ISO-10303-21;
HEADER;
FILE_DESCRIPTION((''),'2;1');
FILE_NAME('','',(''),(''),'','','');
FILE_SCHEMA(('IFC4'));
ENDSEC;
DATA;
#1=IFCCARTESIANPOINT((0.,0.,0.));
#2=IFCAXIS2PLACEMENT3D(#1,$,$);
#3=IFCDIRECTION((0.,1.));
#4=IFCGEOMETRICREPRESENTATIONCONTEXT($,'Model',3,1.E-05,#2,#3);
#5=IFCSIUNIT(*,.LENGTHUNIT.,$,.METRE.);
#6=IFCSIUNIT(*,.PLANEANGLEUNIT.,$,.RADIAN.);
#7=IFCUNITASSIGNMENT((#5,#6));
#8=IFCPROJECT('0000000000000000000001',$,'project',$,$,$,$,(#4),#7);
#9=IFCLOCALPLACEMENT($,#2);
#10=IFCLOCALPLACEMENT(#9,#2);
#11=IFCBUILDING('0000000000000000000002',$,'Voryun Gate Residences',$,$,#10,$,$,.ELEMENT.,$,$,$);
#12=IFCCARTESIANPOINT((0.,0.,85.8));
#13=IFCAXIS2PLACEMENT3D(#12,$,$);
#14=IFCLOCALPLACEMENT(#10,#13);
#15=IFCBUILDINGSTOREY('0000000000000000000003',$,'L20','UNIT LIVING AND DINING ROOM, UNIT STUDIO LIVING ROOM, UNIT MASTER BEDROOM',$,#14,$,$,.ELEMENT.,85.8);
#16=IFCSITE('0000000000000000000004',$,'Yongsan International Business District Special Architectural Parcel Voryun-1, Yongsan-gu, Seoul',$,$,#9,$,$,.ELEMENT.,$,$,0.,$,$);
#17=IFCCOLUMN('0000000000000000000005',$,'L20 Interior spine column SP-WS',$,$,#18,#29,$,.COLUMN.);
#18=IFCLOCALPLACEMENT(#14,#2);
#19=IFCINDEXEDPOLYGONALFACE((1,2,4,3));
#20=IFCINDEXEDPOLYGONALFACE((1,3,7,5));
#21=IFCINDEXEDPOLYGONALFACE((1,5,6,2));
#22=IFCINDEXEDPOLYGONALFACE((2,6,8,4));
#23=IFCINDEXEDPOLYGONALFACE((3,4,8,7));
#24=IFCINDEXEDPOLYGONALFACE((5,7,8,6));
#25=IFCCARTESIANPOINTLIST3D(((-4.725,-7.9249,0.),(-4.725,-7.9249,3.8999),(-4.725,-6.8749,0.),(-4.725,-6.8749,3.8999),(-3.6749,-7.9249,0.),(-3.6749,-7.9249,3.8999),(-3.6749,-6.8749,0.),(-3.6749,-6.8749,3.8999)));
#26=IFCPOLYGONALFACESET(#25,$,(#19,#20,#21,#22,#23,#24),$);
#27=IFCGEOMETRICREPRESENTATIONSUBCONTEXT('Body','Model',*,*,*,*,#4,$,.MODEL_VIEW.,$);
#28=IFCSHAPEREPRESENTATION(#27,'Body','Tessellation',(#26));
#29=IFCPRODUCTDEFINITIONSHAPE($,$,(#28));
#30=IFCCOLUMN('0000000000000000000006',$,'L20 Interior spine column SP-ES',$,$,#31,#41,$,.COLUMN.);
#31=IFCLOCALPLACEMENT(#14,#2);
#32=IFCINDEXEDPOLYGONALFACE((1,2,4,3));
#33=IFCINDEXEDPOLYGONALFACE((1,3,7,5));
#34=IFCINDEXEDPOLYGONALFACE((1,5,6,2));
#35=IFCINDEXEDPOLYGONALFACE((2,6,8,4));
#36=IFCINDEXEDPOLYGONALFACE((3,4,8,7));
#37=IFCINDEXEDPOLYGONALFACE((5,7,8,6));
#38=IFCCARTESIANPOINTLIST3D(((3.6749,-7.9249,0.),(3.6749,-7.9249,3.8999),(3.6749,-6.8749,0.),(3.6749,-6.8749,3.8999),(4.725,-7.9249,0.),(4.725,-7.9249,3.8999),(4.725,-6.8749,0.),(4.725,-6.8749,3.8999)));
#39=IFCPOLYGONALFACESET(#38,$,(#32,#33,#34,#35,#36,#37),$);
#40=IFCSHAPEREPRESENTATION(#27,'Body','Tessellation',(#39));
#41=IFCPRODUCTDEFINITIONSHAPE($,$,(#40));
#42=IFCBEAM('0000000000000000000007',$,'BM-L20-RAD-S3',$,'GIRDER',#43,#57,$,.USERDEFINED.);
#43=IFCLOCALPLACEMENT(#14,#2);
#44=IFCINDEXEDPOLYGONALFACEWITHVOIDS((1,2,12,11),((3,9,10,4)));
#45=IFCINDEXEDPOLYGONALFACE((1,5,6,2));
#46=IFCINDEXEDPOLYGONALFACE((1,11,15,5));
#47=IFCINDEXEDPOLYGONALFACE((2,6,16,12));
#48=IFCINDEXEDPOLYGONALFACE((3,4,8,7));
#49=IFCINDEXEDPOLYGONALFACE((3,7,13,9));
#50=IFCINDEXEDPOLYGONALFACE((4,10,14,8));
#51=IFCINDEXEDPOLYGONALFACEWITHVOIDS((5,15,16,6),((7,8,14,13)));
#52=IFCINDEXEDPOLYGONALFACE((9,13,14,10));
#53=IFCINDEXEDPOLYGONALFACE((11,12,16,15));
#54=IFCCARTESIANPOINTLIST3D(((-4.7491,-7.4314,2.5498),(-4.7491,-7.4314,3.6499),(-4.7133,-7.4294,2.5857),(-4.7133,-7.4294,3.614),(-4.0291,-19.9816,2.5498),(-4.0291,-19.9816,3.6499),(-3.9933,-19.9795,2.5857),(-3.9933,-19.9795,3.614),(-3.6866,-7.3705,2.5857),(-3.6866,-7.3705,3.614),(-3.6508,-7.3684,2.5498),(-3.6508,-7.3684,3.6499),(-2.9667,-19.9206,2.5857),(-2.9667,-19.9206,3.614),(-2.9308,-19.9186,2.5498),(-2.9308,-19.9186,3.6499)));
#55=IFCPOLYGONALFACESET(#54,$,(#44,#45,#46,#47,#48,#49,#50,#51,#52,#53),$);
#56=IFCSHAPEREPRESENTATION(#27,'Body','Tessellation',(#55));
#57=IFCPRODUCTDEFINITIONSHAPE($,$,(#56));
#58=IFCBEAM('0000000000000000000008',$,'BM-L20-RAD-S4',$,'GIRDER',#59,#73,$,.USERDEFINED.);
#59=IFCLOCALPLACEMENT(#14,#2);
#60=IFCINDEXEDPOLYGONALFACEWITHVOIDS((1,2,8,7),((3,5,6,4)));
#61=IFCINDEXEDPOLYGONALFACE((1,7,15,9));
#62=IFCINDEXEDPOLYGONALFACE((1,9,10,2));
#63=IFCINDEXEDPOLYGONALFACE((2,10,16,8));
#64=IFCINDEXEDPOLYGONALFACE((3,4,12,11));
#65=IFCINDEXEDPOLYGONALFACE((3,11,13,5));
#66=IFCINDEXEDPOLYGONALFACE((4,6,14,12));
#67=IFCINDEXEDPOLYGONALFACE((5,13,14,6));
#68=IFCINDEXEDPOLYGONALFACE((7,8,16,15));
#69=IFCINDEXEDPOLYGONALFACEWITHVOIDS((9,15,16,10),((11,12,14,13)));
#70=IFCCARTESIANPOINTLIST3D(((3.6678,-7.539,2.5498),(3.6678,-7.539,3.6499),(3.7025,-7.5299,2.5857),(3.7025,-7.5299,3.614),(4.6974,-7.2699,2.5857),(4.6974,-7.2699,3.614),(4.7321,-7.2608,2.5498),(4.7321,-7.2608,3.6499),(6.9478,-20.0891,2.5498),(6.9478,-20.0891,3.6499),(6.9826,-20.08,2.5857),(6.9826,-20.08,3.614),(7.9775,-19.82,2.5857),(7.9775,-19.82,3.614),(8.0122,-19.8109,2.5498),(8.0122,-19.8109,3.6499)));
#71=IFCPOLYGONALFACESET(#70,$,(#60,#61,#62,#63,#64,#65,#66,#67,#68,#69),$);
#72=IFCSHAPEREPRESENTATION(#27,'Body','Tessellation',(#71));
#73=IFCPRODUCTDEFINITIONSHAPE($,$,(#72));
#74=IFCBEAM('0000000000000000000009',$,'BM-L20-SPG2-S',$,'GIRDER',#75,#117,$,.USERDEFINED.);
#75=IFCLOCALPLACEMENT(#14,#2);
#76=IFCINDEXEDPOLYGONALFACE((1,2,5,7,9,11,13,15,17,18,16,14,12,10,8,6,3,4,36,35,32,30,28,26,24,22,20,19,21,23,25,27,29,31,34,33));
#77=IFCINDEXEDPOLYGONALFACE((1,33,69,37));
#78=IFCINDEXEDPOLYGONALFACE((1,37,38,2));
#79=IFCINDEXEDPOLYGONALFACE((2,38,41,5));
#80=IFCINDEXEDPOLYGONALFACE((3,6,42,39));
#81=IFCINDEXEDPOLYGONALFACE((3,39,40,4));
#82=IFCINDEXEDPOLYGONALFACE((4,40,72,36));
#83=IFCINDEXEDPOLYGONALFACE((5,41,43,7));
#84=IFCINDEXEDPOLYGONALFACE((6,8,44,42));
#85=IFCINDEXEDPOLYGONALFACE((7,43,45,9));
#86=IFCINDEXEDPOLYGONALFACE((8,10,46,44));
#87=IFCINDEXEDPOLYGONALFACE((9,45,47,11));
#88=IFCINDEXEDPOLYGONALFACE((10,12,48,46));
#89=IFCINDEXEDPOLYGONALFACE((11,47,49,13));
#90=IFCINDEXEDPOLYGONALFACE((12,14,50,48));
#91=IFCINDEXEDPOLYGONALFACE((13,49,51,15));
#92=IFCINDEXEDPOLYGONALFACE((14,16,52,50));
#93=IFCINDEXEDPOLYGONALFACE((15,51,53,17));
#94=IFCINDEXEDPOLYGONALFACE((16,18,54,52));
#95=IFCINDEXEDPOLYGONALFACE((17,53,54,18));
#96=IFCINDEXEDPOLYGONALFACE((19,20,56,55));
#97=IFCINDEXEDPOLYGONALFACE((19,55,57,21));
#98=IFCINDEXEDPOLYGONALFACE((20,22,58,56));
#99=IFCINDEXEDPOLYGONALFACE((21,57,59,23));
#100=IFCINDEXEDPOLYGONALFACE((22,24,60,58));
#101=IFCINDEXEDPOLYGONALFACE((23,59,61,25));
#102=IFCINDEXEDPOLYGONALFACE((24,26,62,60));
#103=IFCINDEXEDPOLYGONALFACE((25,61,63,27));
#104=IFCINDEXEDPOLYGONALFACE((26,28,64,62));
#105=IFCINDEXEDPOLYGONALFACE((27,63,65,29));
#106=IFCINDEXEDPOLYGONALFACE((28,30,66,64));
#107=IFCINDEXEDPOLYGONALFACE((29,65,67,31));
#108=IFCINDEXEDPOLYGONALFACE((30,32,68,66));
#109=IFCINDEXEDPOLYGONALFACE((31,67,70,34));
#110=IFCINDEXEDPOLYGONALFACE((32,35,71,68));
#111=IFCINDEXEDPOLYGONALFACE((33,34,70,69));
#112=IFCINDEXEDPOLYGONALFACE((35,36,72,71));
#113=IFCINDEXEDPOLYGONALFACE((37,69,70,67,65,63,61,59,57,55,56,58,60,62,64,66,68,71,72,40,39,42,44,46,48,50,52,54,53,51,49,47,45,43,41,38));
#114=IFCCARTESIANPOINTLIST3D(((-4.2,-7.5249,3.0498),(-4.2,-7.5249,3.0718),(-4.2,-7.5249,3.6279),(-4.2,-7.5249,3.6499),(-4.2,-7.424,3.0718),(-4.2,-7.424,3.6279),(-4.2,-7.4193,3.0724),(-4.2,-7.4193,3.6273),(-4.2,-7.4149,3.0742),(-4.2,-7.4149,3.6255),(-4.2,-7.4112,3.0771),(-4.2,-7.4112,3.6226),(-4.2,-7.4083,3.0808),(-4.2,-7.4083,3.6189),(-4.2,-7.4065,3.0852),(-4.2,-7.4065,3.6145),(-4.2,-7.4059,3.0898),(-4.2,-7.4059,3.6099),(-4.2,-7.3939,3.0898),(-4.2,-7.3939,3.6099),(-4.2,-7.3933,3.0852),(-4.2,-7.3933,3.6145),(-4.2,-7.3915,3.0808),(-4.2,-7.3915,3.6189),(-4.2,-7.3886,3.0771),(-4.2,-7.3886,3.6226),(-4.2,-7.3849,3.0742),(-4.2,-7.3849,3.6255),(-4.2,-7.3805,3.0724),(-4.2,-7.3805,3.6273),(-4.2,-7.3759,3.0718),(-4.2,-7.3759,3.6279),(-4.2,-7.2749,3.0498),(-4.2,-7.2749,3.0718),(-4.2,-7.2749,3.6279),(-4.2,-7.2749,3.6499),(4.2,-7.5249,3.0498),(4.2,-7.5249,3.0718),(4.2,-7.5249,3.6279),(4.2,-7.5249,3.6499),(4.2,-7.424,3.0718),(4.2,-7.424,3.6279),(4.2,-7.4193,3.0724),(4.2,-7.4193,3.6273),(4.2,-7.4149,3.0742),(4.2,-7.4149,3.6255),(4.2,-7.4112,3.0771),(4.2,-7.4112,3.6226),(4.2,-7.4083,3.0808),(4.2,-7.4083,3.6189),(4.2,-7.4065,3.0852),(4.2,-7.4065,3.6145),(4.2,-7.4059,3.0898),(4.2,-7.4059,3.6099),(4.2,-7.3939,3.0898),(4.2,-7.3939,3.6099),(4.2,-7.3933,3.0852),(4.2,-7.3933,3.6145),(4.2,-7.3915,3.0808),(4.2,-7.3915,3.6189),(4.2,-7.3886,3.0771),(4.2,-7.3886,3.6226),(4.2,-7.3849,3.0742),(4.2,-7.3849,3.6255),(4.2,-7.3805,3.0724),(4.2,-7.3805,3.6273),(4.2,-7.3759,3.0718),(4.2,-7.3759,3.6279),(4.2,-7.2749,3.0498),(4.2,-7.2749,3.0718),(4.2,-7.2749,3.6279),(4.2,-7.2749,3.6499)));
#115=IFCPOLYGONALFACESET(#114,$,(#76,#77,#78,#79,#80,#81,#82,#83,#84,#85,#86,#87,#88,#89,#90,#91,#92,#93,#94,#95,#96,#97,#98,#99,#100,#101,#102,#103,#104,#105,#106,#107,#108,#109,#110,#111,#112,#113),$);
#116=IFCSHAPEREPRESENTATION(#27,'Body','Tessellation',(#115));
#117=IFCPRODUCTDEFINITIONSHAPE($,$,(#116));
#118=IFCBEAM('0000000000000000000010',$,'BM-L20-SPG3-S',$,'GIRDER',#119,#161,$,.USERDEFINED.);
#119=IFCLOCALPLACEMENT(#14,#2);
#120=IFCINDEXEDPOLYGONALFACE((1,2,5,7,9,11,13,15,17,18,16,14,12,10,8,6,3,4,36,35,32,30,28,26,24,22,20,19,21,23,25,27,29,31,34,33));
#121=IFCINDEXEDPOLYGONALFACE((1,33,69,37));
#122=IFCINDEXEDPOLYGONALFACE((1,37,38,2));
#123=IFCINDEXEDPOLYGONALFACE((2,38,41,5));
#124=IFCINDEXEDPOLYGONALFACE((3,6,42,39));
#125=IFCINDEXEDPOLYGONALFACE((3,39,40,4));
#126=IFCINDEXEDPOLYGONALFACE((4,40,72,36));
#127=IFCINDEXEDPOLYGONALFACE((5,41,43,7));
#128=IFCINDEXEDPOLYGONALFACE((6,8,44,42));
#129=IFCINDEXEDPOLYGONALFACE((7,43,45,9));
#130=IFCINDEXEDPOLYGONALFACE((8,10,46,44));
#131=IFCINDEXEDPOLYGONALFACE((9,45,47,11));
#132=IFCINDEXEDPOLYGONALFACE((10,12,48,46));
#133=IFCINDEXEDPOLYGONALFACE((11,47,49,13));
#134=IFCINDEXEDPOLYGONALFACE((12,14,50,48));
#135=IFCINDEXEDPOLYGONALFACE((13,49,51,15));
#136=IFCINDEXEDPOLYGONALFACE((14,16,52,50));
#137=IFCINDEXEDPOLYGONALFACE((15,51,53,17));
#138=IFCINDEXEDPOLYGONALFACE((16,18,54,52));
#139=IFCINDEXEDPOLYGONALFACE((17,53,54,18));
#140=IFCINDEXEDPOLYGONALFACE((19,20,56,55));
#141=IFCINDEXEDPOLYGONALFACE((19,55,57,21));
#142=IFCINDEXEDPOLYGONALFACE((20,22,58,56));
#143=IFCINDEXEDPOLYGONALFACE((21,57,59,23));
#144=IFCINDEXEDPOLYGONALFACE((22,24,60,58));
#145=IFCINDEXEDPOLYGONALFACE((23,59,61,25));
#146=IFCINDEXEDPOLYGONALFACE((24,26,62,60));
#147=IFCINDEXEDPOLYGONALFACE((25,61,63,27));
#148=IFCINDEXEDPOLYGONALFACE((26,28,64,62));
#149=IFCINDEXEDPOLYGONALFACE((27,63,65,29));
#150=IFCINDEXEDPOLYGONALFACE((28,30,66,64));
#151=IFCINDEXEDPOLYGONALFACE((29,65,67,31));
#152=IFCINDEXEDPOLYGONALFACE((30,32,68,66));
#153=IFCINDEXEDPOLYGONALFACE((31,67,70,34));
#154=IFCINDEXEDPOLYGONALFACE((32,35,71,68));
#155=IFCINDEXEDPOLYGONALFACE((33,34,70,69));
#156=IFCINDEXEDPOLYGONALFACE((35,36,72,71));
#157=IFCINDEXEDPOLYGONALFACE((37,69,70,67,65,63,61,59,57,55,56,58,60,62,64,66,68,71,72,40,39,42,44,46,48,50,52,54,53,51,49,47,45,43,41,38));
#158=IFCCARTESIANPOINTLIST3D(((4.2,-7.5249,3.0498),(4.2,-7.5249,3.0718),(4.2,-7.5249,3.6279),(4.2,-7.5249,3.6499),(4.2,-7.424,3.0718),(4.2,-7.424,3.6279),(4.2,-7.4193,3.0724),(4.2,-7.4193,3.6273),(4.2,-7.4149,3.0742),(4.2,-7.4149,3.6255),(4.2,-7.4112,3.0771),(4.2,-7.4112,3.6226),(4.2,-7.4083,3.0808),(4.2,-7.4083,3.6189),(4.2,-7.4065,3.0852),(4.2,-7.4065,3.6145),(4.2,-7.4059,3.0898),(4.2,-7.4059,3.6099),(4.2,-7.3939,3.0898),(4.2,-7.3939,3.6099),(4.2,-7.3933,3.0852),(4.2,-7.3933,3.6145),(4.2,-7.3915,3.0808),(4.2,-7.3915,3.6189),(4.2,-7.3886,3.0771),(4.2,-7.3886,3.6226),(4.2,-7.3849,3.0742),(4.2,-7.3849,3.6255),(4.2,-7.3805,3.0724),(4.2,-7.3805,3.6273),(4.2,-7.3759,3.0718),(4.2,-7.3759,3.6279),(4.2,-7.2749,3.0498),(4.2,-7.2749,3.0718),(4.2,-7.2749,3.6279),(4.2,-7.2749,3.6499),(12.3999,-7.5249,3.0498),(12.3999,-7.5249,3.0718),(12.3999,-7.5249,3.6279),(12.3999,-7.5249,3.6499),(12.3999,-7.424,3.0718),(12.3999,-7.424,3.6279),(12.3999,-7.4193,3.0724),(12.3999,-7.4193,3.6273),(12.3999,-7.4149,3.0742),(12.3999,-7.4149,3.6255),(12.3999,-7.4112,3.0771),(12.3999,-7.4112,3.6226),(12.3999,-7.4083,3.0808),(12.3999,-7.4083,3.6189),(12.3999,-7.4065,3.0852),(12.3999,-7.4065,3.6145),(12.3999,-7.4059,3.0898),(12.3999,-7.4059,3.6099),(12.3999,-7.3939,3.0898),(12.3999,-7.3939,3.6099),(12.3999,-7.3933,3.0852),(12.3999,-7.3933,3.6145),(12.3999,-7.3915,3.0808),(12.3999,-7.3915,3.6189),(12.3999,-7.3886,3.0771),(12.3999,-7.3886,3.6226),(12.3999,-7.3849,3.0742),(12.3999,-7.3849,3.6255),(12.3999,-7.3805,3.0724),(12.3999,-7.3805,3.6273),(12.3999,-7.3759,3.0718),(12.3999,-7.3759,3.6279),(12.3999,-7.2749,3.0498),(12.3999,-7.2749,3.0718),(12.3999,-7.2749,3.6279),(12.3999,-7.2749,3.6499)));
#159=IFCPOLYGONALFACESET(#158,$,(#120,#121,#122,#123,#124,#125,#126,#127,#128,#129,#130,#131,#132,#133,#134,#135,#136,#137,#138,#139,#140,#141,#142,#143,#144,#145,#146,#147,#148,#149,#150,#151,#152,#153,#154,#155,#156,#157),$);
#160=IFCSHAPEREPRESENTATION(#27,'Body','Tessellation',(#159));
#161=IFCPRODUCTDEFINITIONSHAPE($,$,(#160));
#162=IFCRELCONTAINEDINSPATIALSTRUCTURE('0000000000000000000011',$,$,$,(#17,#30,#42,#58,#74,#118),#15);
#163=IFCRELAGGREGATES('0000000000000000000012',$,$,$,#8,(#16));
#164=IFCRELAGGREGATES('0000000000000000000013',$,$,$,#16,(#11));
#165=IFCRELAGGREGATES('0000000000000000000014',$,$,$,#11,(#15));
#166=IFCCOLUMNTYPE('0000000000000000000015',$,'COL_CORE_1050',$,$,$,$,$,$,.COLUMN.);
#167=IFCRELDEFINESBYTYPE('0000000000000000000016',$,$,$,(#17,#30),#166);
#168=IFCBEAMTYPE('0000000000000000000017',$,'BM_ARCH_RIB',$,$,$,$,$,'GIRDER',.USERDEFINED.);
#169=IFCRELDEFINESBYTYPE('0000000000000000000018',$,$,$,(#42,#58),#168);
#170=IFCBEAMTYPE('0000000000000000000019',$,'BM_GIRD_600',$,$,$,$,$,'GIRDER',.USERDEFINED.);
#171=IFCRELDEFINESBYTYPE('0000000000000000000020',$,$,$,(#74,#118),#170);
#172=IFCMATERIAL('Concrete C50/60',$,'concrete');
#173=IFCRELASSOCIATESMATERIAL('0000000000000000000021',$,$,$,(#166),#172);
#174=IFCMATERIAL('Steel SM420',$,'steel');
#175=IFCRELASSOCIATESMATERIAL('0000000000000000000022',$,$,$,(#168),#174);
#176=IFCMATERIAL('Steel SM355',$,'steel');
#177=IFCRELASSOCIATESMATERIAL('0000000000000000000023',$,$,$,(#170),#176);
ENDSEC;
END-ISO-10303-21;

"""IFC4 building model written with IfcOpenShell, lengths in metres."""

from ifc_helpers import new_model, si_unit, direction, frame, origin, origin_2d, place, context, subcontext, project, spatial, rectangle, hollow_rectangle, i_section, extrude, material, material_profile, profile_set, type_object, element, save


model = new_model("IFC4")

# Units and contexts
model_context = context("Model", 3, precision=1e-05, world=origin(), true_north=direction((0.0, 1.0)))
body_context = subcontext(model_context, "Body", "Model", "MODEL_VIEW")
ifc_project = project(units=[si_unit("LENGTHUNIT", "METRE"), si_unit("PLANEANGLEUNIT", "RADIAN")], contexts=[model_context])

# Site, building, storey
site_placement = place(None, origin())
site = spatial("IfcSite", under=ifc_project, at=site_placement, Name="Yongsan International Business District Special Architectural Parcel Voryun-1, Yongsan-gu, Seoul", CompositionType="ELEMENT", RefElevation=0.0)
building_placement = place(site_placement, origin())
building = spatial("IfcBuilding", under=site, at=building_placement, Name="Voryun Gate Residences", CompositionType="ELEMENT")
storey_placement = place(building_placement, frame((0.0, 0.0, 85.8)))
storey = spatial("IfcBuildingStorey", under=building, at=storey_placement, Name="L20", Description="UNIT LIVING AND DINING ROOM, UNIT STUDIO LIVING ROOM, UNIT MASTER BEDROOM", CompositionType="ELEMENT", Elevation=85.8)

# Columns
ifc_material_1 = material(Name="Concrete C50/60", Category="concrete")
ifc_material_profile_1 = material_profile(ifc_material_1, rectangle(XDim=1.05, YDim=1.05, at=origin_2d()), Name="RC-1050x1050")
ifc_profile_set_1 = profile_set([ifc_material_profile_1], Name="Concrete C50/60")
column_type = type_object("IfcColumnType", Name="COL_CORE_1050", PredefinedType="COLUMN", material=ifc_profile_set_1)
for number, where, z_axis, x_axis, name in (
    (1, (-4.2, -7.3999, 0.0), (0.0, 0.0, 1.0), (1.0, 0.0, 0.0), "L20 Interior spine column SP-WS"),
    (2, (4.2, -7.3999, 0.0), (0.0, 0.0, 1.0), (1.0, 0.0, 0.0), "L20 Interior spine column SP-ES"),
):
    element("IfcColumn", number, at=place(storey_placement, frame(where, z_axis=z_axis, x_axis=x_axis)), inside=storey, type_object=column_type, Name=name, PredefinedType="COLUMN", context=body_context, shape_type="SweptSolid", body=[
        extrude(rectangle(XDim=1.05, YDim=1.05, at=origin_2d()), origin(), (0.0, 0.0, 1.0), 3.8999),
    ])

# Beams
ifc_material_2 = material(Name="Steel SM420", Category="steel")
ifc_material_profile_2 = material_profile(ifc_material_2, hollow_rectangle(XDim=1.1001, YDim=1.1001, WallThickness=0.0359, at=origin_2d()), Name="BOX-1100x1100x36")
ifc_profile_set_2 = profile_set([ifc_material_profile_2], Name="Steel SM420")
beam_type_1 = type_object("IfcBeamType", Name="BM_ARCH_RIB", ElementType="GIRDER", PredefinedType="USERDEFINED", material=ifc_profile_set_2)
beam_1_placement = place(storey_placement, frame((-4.2, -7.3999, 3.0999), z_axis=(0.057274, -0.998359, 0.0), x_axis=(0.998359, 0.057274, 0.0)))
element("IfcBeam", 3, at=beam_1_placement, inside=storey, type_object=beam_type_1, Name="BM-L20-RAD-S3", ObjectType="GIRDER", PredefinedType="USERDEFINED", context=body_context, shape_type="SweptSolid", body=[
    extrude(hollow_rectangle(XDim=1.1001, YDim=1.1001, WallThickness=0.0359, at=origin_2d()), origin(), (0.0, 0.0, 1.0), 12.5708),
])
beam_2_placement = place(storey_placement, frame((4.2, -7.3999, 3.0999), z_axis=(0.252862, -0.967502, 0.0), x_axis=(0.967502, 0.252862, 0.0)))
element("IfcBeam", 4, at=beam_2_placement, inside=storey, type_object=beam_type_1, Name="BM-L20-RAD-S4", ObjectType="GIRDER", PredefinedType="USERDEFINED", context=body_context, shape_type="SweptSolid", body=[
    extrude(hollow_rectangle(XDim=1.1001, YDim=1.1001, WallThickness=0.0359, at=origin_2d()), origin(), (0.0, 0.0, 1.0), 12.9717),
])
ifc_material_3 = material(Name="Steel SM355", Category="steel")
ifc_material_profile_3 = material_profile(ifc_material_3, i_section(OverallWidth=0.25, OverallDepth=0.6001, WebThickness=0.012, FlangeThickness=0.022, FilletRadius=0.0181, at=origin_2d()), Name="H-600x250x12x22")
ifc_profile_set_3 = profile_set([ifc_material_profile_3], Name="Steel SM355")
beam_type_2 = type_object("IfcBeamType", Name="BM_GIRD_600", ElementType="GIRDER", PredefinedType="USERDEFINED", material=ifc_profile_set_3)
beam_3_placement = place(storey_placement, frame((-4.2, -7.3999, 3.3499), z_axis=(1.0, 0.0, 0.0), x_axis=(0.0, 1.0, 0.0)))
element("IfcBeam", 5, at=beam_3_placement, inside=storey, type_object=beam_type_2, Name="BM-L20-SPG2-S", ObjectType="GIRDER", PredefinedType="USERDEFINED", context=body_context, shape_type="SweptSolid", body=[
    extrude(i_section(OverallWidth=0.25, OverallDepth=0.6001, WebThickness=0.012, FlangeThickness=0.022, FilletRadius=0.0181, at=origin_2d()), origin(), (0.0, 0.0, 1.0), 8.3999),
])
beam_4_placement = place(storey_placement, frame((4.2, -7.3999, 3.3499), z_axis=(1.0, 0.0, 0.0), x_axis=(0.0, 1.0, 0.0)))
element("IfcBeam", 6, at=beam_4_placement, inside=storey, type_object=beam_type_2, Name="BM-L20-SPG3-S", ObjectType="GIRDER", PredefinedType="USERDEFINED", context=body_context, shape_type="SweptSolid", body=[
    extrude(i_section(OverallWidth=0.25, OverallDepth=0.6001, WebThickness=0.012, FlangeThickness=0.022, FilletRadius=0.0181, at=origin_2d()), origin(), (0.0, 0.0, 1.0), 8.2),
])

save(model, "model.ifc")
